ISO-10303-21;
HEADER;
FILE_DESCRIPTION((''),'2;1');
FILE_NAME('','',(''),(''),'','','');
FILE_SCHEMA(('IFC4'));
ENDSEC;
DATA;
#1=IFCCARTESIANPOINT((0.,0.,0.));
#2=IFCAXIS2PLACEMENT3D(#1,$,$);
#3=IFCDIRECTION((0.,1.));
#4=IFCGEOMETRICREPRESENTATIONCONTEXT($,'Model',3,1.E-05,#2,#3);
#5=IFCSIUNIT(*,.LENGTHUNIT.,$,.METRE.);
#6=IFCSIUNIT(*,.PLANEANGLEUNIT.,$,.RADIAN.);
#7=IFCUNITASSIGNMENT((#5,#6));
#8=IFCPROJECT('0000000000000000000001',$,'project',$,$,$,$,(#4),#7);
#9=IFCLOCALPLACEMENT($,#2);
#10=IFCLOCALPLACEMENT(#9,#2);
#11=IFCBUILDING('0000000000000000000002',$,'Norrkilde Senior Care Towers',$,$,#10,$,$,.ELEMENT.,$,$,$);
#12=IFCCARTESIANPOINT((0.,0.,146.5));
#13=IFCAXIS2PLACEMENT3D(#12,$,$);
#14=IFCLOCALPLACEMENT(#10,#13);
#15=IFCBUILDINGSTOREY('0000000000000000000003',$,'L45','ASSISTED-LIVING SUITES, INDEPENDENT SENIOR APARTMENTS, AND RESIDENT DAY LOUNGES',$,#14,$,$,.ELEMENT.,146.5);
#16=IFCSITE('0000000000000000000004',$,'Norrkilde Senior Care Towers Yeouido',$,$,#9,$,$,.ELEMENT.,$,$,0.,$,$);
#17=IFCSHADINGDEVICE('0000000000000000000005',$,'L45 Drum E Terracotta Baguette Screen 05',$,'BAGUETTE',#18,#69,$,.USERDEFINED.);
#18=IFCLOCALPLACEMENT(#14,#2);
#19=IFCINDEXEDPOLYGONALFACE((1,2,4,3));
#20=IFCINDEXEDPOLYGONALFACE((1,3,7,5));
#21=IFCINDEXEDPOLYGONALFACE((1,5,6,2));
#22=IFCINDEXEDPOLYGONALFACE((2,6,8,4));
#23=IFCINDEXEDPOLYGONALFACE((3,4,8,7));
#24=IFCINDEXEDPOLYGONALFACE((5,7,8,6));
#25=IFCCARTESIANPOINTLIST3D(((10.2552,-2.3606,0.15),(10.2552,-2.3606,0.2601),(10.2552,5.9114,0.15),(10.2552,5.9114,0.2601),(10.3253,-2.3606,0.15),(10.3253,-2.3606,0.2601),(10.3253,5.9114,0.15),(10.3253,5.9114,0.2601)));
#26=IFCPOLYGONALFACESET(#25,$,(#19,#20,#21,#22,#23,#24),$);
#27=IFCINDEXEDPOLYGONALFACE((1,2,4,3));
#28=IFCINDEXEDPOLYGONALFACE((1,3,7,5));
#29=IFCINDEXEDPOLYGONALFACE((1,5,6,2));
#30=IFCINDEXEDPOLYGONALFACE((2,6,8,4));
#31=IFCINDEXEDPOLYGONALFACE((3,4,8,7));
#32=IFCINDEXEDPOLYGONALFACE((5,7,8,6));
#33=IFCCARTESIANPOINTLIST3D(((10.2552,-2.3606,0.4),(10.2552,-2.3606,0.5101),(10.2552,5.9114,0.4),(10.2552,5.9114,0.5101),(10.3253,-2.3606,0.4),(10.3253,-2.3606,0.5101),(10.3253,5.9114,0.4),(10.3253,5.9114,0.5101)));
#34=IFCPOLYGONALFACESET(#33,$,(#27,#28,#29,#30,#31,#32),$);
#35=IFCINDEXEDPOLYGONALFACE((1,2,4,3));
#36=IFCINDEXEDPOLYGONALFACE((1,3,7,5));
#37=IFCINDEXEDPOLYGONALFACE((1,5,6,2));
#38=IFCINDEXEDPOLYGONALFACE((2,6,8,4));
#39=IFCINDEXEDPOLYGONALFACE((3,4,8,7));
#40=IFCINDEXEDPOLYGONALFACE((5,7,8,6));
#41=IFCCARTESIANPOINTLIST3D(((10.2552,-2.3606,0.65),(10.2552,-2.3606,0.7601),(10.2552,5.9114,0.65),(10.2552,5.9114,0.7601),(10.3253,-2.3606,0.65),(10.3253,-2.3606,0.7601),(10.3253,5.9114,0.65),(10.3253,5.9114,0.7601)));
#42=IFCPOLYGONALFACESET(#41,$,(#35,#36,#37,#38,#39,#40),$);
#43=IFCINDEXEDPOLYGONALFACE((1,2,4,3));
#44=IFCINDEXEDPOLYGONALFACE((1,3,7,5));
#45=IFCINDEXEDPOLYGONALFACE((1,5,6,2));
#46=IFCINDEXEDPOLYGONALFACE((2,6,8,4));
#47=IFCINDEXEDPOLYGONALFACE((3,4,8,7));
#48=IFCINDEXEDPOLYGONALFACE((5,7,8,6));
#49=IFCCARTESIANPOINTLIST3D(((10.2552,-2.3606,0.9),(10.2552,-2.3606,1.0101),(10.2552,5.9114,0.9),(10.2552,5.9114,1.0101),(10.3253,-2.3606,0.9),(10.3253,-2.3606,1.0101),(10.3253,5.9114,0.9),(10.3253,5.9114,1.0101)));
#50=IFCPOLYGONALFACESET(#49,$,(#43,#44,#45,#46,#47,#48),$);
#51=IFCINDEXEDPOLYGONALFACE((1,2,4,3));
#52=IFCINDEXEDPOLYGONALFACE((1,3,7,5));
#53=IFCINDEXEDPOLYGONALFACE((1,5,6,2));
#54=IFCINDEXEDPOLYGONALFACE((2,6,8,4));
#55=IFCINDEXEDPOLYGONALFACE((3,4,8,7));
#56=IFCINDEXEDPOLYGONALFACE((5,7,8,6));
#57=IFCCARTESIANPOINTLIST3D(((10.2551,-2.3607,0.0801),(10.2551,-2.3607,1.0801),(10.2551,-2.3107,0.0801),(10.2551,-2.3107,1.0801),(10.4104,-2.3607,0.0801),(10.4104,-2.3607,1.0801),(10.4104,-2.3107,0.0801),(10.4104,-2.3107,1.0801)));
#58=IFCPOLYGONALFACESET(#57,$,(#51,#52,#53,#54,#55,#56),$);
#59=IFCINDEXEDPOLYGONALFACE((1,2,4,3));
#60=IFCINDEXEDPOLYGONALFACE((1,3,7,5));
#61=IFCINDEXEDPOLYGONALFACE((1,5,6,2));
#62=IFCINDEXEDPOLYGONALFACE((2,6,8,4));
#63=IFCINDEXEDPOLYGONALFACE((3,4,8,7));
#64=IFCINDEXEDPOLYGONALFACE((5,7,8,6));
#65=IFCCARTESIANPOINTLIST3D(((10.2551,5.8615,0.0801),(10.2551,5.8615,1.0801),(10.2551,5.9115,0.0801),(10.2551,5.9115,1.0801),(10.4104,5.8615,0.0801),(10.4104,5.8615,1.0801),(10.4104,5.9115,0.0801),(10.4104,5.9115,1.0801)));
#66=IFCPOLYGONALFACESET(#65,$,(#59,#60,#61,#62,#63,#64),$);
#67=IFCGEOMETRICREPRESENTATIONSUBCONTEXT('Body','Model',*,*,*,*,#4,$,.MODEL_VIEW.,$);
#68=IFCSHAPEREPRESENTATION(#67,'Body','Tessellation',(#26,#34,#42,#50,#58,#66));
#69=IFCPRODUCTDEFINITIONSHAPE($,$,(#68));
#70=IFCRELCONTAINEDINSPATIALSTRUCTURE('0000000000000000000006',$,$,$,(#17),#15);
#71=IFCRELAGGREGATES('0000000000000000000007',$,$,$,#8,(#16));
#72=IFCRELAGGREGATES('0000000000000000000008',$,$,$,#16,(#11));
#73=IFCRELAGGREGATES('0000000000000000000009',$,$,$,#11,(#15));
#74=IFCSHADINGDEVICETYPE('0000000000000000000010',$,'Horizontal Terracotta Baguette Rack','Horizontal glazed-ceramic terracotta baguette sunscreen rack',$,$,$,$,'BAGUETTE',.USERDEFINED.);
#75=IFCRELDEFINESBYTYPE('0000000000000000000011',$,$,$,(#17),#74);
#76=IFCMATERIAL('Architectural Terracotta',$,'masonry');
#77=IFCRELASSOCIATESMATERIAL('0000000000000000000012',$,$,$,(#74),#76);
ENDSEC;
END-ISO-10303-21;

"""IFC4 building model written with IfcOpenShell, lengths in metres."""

from ifc_helpers import new_model, si_unit, direction, frame, origin, origin_2d, place, context, subcontext, project, spatial, rectangle, extrude, source, transform, mapped, material, type_object, type_shapes, element, save


model = new_model("IFC4")

# Units and contexts
model_context = context("Model", 3, precision=1e-05, world=origin(), true_north=direction((0.0, 1.0)))
body_context = subcontext(model_context, "Body", "Model", "MODEL_VIEW")
ifc_project = project(units=[si_unit("LENGTHUNIT", "METRE"), si_unit("PLANEANGLEUNIT", "RADIAN")], contexts=[model_context])

# Site, building, storey
site_placement = place(None, origin())
site = spatial("IfcSite", under=ifc_project, at=site_placement, Name="Norrkilde Senior Care Towers Yeouido", CompositionType="ELEMENT", RefElevation=0.0)
building_placement = place(site_placement, origin())
building = spatial("IfcBuilding", under=site, at=building_placement, Name="Norrkilde Senior Care Towers", CompositionType="ELEMENT")
storey_placement = place(building_placement, frame((0.0, 0.0, 146.5)))
storey = spatial("IfcBuildingStorey", under=building, at=storey_placement, Name="L45", Description="ASSISTED-LIVING SUITES, INDEPENDENT SENIOR APARTMENTS, AND RESIDENT DAY LOUNGES", CompositionType="ELEMENT", Elevation=146.5)

# Shading device
ifc_material_1 = material(Name="Architectural Terracotta", Category="masonry")
shading_device_type = type_object("IfcShadingDeviceType", Name="Horizontal Terracotta Baguette Rack", Description="Horizontal glazed-ceramic terracotta baguette sunscreen rack", ElementType="BAGUETTE", PredefinedType="USERDEFINED", material=ifc_material_1)
shared_shape_1 = source(origin(), body_context, "Body", "SweptSolid", [
    extrude(rectangle(XDim=0.0701, YDim=0.1101, at=origin_2d()), frame((0.0, 0.0901, 0.125), z_axis=(1.0, 0.0, 0.0), x_axis=(0.0, 1.0, 0.0)), (0.0, 0.0, 1.0), 8.272),
    extrude(rectangle(XDim=0.0701, YDim=0.1101, at=origin_2d()), frame((0.0, 0.0901, 0.375), z_axis=(1.0, 0.0, 0.0), x_axis=(0.0, 1.0, 0.0)), (0.0, 0.0, 1.0), 8.272),
    extrude(rectangle(XDim=0.0701, YDim=0.1101, at=origin_2d()), frame((0.0, 0.0901, 0.625), z_axis=(1.0, 0.0, 0.0), x_axis=(0.0, 1.0, 0.0)), (0.0, 0.0, 1.0), 8.272),
    extrude(rectangle(XDim=0.0701, YDim=0.1101, at=origin_2d()), frame((0.0, 0.0901, 0.875), z_axis=(1.0, 0.0, 0.0), x_axis=(0.0, 1.0, 0.0)), (0.0, 0.0, 1.0), 8.272),
    extrude(rectangle(XDim=0.05, YDim=0.1553, at=origin_2d()), frame((0.0249, 0.0476, 0.0)), (0.0, 0.0, 1.0), 1.0),
    extrude(rectangle(XDim=0.05, YDim=0.1553, at=origin_2d()), frame((8.2471, 0.0476, 0.0)), (0.0, 0.0, 1.0), 1.0),
])
type_shapes(shading_device_type, [shared_shape_1])
shading_device_placement = place(storey_placement, frame((10.3804, -2.3606, 0.0801), z_axis=(0.0, 0.0, 1.0), x_axis=(0.0, 1.0, 0.0)))
element("IfcShadingDevice", 1, at=shading_device_placement, inside=storey, type_object=shading_device_type, Name="L45 Drum E Terracotta Baguette Screen 05", ObjectType="BAGUETTE", PredefinedType="USERDEFINED", context=body_context, shape_type="MappedRepresentation", body=[
    mapped(shared_shape_1, transform((0.0, 0.0, 0.0), x_axis=(1.0, 0.0, 0.0), y_axis=(0.0, 1.0, 0.0), z_axis=(0.0, 0.0, 1.0), scale=1.0)),
])

save(model, "model.ifc")
